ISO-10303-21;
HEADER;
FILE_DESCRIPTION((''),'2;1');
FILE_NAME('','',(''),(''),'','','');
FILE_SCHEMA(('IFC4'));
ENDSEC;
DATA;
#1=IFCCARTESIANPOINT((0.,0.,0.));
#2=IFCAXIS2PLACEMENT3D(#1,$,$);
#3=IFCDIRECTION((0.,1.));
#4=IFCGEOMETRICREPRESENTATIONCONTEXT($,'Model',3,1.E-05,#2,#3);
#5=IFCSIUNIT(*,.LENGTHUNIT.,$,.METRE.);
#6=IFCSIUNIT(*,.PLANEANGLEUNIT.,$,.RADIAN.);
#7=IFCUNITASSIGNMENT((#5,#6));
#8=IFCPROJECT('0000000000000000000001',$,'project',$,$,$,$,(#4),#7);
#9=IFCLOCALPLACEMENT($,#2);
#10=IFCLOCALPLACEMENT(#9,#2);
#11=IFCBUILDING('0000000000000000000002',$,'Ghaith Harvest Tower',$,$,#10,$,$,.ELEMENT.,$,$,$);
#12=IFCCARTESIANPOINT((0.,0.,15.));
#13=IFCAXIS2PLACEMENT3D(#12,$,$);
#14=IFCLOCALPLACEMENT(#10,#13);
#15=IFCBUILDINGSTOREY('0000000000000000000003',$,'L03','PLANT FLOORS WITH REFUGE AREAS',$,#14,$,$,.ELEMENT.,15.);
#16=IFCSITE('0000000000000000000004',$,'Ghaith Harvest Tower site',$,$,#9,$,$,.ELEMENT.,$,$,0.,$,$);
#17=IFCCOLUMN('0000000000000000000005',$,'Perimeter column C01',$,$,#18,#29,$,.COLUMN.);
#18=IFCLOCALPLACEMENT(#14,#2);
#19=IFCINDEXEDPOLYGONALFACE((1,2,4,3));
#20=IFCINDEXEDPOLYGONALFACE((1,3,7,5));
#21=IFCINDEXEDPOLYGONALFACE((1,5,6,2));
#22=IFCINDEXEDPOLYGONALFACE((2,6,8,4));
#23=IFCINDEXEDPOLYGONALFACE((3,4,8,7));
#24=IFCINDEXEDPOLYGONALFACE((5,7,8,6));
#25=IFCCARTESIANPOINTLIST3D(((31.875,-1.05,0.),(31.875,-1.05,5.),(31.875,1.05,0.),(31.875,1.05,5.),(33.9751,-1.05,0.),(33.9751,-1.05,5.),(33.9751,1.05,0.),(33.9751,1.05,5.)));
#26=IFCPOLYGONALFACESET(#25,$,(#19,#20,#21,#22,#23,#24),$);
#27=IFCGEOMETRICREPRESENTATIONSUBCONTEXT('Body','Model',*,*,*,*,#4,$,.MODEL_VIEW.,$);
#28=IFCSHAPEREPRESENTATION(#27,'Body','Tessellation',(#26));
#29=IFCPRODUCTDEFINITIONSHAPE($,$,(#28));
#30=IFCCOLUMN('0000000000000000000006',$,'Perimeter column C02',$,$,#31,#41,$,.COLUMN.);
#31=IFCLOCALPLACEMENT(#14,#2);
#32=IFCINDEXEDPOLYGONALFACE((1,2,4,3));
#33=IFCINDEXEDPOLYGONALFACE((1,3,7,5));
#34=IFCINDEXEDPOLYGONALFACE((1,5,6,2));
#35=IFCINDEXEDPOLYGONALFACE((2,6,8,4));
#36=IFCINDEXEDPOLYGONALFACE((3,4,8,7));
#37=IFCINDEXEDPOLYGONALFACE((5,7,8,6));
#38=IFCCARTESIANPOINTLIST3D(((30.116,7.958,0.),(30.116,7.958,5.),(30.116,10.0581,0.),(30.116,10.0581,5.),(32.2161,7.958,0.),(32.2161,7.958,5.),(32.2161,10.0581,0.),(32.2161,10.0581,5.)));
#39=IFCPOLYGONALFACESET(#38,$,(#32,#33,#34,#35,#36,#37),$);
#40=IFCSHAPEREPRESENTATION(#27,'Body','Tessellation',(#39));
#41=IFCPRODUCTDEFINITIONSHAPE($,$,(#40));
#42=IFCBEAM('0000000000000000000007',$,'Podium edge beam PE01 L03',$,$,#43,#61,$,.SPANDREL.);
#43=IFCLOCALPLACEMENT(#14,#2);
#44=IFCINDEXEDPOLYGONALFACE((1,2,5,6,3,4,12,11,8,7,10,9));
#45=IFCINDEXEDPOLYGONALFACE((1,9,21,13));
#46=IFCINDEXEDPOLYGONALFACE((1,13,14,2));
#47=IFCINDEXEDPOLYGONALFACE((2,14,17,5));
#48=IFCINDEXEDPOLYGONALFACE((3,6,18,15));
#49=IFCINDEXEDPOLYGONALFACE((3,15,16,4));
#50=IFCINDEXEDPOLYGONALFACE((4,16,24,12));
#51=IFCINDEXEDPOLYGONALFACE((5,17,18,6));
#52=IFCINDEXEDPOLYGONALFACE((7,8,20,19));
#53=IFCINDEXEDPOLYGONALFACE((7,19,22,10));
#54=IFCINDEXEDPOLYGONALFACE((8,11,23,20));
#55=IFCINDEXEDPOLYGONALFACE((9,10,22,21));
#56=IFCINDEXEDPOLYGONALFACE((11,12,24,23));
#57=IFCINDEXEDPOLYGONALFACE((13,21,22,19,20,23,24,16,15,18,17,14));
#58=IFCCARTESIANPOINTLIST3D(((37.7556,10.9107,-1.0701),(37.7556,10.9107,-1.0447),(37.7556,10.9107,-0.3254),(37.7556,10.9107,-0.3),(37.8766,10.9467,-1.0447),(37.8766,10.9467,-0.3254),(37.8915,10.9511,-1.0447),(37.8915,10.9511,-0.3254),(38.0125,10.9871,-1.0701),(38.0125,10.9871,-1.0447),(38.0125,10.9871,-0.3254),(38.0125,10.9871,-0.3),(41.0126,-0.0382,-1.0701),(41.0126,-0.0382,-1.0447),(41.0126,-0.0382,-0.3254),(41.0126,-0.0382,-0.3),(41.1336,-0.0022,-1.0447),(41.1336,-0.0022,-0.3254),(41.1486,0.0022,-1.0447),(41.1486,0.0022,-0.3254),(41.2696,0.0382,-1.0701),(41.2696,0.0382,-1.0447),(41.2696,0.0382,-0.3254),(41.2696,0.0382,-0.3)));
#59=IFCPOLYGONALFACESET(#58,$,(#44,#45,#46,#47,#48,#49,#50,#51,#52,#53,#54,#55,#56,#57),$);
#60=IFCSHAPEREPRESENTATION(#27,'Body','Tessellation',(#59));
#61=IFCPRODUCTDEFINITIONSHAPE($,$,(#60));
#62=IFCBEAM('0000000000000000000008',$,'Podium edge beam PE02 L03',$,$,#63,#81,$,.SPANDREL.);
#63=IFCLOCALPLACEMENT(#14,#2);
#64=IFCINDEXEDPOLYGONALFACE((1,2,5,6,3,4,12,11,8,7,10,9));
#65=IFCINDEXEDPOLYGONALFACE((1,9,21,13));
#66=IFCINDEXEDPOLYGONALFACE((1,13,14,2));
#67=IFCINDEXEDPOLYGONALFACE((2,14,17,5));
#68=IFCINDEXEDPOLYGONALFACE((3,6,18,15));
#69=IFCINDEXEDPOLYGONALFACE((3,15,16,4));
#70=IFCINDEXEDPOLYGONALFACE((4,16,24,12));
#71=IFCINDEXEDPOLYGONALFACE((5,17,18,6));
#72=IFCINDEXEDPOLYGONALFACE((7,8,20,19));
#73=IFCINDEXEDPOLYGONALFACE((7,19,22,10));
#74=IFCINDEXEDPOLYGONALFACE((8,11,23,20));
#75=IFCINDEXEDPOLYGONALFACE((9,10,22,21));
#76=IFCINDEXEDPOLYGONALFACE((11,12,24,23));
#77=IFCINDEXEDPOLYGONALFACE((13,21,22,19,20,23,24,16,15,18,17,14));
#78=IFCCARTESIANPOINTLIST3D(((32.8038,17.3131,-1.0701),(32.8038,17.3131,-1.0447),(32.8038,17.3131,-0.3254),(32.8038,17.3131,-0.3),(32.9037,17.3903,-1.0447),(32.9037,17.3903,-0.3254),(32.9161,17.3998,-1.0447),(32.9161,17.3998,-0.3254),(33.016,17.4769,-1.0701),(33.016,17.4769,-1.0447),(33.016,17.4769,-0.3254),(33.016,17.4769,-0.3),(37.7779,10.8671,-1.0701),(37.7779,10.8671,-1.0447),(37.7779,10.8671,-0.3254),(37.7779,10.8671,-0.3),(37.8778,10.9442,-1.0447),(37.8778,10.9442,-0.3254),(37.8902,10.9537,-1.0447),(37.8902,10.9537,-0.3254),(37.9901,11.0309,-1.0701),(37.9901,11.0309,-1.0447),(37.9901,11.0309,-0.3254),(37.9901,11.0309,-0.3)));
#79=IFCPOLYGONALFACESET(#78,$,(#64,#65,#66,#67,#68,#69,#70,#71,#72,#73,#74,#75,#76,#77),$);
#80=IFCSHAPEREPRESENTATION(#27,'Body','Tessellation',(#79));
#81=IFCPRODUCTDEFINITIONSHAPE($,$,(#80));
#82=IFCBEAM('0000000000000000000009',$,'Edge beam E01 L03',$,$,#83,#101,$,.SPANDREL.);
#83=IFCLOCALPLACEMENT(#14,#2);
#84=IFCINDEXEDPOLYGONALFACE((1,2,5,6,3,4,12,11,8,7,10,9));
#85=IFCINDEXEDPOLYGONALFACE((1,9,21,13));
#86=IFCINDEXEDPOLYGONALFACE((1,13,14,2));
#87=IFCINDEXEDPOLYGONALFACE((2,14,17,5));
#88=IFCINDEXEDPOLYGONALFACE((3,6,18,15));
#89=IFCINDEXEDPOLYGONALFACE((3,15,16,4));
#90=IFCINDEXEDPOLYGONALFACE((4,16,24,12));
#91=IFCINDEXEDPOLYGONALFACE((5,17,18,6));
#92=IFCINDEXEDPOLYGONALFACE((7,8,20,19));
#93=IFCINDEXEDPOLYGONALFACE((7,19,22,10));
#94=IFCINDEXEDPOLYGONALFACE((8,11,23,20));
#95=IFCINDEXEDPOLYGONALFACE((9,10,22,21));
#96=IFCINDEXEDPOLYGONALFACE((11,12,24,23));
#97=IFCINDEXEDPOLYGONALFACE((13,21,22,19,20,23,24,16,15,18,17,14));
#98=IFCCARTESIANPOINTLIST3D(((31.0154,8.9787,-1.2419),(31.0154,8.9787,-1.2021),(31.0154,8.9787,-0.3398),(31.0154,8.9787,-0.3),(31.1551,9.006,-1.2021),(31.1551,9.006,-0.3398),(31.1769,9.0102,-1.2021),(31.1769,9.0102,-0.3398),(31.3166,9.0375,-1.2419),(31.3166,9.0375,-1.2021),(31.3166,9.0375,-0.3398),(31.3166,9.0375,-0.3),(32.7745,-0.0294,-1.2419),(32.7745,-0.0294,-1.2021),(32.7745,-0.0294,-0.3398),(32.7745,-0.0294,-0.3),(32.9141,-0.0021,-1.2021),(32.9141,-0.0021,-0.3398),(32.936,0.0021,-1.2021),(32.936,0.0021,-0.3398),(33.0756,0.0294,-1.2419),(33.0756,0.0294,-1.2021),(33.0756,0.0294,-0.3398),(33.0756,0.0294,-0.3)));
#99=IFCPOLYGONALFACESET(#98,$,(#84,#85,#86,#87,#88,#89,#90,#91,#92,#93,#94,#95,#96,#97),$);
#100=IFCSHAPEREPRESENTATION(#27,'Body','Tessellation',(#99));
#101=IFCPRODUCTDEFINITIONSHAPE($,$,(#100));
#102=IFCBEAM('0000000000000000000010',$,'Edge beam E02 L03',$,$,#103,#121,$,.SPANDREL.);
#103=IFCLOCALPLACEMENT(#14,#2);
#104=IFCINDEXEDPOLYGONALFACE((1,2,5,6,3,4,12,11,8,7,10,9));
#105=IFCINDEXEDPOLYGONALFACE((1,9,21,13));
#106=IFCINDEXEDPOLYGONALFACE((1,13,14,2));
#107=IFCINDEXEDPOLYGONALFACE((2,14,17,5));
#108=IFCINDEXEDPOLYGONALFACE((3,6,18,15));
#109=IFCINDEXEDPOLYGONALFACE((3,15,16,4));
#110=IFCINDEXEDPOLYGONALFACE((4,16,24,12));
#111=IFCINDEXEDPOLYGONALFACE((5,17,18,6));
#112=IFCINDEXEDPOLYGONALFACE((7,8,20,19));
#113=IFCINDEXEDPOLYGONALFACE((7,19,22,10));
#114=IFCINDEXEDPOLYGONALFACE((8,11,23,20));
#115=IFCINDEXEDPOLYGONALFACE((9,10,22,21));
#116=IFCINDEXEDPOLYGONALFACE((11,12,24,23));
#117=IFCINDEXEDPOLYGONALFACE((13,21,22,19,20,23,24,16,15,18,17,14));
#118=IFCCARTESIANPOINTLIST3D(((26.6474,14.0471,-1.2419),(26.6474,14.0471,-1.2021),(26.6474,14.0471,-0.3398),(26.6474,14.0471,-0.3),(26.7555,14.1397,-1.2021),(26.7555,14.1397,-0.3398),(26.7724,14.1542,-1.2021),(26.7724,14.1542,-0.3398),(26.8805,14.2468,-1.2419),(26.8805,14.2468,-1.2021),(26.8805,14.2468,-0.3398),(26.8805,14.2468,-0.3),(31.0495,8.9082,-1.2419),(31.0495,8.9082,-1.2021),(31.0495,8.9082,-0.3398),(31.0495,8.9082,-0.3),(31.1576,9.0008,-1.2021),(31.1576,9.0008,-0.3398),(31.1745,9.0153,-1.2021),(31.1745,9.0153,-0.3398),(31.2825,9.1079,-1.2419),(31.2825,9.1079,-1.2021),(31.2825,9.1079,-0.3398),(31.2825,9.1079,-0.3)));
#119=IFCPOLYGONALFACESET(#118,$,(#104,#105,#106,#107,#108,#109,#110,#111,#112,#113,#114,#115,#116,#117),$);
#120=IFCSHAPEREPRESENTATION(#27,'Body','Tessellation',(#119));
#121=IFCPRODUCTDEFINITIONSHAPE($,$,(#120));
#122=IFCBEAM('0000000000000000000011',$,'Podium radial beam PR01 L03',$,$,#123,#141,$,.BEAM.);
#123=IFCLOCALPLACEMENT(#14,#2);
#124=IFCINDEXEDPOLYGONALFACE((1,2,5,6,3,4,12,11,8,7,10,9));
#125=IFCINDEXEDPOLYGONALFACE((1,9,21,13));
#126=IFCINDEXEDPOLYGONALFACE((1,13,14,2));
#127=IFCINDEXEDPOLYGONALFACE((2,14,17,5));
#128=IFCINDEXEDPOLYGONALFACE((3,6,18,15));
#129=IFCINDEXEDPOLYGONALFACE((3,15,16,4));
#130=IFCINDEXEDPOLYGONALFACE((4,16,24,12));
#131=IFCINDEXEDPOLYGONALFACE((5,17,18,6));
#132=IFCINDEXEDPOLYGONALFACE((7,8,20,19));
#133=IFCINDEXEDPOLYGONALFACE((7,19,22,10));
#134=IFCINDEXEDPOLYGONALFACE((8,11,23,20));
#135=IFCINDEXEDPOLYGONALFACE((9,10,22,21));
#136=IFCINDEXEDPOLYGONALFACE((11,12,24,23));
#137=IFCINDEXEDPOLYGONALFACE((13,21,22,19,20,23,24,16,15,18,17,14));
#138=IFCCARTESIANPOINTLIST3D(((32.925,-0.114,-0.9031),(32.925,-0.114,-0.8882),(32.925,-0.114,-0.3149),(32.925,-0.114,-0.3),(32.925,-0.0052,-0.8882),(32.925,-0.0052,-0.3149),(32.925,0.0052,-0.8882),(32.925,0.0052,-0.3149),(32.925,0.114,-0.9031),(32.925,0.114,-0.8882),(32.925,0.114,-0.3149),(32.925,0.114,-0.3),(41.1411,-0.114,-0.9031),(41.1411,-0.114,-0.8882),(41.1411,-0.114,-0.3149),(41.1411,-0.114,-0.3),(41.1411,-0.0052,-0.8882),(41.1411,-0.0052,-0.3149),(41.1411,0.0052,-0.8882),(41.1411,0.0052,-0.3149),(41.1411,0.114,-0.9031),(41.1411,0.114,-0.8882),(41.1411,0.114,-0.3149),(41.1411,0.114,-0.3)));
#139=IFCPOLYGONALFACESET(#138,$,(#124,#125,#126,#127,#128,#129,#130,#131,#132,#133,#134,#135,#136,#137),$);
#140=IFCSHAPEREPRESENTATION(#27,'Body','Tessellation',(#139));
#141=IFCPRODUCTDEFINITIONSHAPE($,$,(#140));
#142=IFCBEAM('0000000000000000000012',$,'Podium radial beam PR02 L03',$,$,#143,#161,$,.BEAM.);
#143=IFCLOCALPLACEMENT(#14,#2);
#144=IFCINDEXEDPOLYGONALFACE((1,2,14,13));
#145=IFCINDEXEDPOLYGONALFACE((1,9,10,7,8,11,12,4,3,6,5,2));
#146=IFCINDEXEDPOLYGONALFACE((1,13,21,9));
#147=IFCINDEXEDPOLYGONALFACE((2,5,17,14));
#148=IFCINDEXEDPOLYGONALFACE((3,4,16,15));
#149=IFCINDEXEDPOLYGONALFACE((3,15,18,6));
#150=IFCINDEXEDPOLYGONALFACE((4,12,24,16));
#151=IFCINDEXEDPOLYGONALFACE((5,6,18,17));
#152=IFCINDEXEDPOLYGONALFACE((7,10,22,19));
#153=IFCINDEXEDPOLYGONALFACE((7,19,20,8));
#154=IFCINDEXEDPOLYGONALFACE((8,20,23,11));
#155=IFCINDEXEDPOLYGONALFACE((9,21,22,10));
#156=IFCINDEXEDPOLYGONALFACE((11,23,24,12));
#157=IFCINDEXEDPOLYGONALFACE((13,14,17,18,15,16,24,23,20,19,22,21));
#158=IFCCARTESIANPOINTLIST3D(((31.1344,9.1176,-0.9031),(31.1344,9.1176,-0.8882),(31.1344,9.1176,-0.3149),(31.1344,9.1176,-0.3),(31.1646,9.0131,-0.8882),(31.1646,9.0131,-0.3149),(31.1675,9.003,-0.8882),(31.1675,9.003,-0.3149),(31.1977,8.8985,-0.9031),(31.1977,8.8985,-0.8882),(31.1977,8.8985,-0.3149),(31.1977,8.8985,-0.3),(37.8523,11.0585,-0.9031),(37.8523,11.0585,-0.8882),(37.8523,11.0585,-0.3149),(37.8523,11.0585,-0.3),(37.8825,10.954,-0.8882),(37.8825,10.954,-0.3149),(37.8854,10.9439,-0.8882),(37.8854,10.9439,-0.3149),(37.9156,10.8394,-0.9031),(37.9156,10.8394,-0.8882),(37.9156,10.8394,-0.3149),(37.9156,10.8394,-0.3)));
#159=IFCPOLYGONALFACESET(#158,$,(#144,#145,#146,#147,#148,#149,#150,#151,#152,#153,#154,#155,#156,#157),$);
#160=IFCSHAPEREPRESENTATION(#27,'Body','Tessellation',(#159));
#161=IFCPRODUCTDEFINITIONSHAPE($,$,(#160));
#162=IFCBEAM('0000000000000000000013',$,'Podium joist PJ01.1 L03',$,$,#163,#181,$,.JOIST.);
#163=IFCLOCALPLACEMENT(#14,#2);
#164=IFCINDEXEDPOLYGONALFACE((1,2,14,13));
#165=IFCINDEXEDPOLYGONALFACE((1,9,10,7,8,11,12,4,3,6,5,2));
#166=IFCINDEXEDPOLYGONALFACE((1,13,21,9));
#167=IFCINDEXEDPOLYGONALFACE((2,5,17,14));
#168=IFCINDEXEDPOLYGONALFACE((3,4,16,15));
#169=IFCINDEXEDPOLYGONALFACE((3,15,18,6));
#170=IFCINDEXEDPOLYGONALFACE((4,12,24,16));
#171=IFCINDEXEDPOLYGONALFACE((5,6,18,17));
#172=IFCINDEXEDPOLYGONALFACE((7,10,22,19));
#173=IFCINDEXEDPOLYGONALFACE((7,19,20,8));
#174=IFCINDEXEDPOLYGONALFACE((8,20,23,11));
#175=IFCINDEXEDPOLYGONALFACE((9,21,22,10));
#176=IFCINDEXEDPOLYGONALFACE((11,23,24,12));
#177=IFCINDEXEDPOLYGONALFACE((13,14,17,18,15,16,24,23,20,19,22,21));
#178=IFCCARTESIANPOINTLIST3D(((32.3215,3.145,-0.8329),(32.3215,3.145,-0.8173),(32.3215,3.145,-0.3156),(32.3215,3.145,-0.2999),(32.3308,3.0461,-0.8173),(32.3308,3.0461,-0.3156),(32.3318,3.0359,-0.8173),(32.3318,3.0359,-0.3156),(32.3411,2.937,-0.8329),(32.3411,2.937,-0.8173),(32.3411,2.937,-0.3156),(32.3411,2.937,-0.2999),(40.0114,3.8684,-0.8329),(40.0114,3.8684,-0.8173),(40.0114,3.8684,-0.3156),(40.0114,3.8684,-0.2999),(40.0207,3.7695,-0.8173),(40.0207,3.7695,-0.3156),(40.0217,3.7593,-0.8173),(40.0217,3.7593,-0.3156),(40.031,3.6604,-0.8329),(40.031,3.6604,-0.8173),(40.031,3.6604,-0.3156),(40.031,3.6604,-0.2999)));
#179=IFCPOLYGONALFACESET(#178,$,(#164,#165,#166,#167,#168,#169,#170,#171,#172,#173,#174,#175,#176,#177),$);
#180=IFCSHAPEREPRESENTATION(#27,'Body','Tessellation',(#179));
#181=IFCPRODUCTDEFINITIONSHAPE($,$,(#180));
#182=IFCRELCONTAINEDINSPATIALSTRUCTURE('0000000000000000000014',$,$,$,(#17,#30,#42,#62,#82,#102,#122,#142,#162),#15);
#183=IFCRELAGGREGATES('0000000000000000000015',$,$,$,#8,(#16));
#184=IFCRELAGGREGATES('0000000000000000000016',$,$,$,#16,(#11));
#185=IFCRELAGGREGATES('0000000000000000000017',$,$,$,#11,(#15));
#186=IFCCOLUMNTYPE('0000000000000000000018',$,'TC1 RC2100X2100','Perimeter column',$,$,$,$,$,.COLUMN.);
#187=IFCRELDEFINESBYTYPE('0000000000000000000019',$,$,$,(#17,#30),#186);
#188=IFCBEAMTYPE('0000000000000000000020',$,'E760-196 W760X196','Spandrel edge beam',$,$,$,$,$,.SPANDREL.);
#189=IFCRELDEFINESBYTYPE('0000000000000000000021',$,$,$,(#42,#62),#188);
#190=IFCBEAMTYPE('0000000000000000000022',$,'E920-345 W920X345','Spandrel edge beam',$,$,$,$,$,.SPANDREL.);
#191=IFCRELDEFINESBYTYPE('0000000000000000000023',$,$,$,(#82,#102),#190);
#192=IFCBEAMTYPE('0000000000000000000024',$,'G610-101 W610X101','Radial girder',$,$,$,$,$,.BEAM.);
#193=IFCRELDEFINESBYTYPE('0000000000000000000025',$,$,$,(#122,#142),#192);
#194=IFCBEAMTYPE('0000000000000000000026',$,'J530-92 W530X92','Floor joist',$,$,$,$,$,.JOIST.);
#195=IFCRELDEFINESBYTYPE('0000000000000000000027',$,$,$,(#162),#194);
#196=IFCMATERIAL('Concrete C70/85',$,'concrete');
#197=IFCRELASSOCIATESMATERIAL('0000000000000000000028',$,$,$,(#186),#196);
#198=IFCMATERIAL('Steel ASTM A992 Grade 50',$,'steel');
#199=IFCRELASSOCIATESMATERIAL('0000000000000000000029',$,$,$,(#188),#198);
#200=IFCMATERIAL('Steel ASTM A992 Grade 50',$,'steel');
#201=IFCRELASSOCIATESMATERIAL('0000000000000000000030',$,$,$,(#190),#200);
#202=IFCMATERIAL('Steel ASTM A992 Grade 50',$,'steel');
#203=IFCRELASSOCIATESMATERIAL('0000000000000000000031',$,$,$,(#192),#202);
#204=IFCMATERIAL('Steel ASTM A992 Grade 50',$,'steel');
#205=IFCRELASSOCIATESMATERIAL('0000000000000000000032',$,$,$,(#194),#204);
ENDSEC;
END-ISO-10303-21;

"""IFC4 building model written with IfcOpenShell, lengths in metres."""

from ifc_helpers import new_model, si_unit, direction, frame, origin, origin_2d, place, context, subcontext, project, spatial, rectangle, i_section, extrude, material, material_profile, profile_set, type_object, element, save


model = new_model("IFC4")

# Units and contexts
model_context = context("Model", 3, precision=1e-05, world=origin(), true_north=direction((0.0, 1.0)))
body_context = subcontext(model_context, "Body", "Model", "MODEL_VIEW")
ifc_project = project(units=[si_unit("LENGTHUNIT", "METRE"), si_unit("PLANEANGLEUNIT", "RADIAN")], contexts=[model_context])

# Site, building, storey
site_placement = place(None, origin())
site = spatial("IfcSite", under=ifc_project, at=site_placement, Name="Ghaith Harvest Tower site", CompositionType="ELEMENT", RefElevation=0.0)
building_placement = place(site_placement, origin())
building = spatial("IfcBuilding", under=site, at=building_placement, Name="Ghaith Harvest Tower", CompositionType="ELEMENT")
storey_placement = place(building_placement, frame((0.0, 0.0, 15.0)))
storey = spatial("IfcBuildingStorey", under=building, at=storey_placement, Name="L03", Description="PLANT FLOORS WITH REFUGE AREAS", CompositionType="ELEMENT", Elevation=15.0)

# Columns
ifc_material_1 = material(Name="Concrete C70/85", Category="concrete")
ifc_material_profile_1 = material_profile(ifc_material_1, rectangle(XDim=2.1001, YDim=2.1001, at=origin_2d()), Name="RC2100X2100")
ifc_profile_set_1 = profile_set([ifc_material_profile_1], Name="Concrete C70/85")
column_type = type_object("IfcColumnType", Name="TC1 RC2100X2100", Description="Perimeter column", PredefinedType="COLUMN", material=ifc_profile_set_1)
for number, where, z_axis, x_axis, name in (
    (1, (32.925, 0.0, 0.0), (0.0, 0.0, 1.0), (1.0, 0.0, 0.0), "Perimeter column C01"),
    (2, (31.166, 9.0081, 0.0), (0.0, 0.0, 1.0), (1.0, 0.0, 0.0), "Perimeter column C02"),
):
    element("IfcColumn", number, at=place(storey_placement, frame(where, z_axis=z_axis, x_axis=x_axis)), inside=storey, type_object=column_type, Name=name, PredefinedType="COLUMN", context=body_context, shape_type="SweptSolid", body=[
        extrude(rectangle(XDim=2.1001, YDim=2.1001, at=origin_2d()), origin(), (0.0, 0.0, 1.0), 5.0),
    ])

# Beams
ifc_material_2 = material(Name="Steel ASTM A992 Grade 50", Category="steel")
ifc_material_profile_2 = material_profile(ifc_material_2, i_section(OverallWidth=0.2681, OverallDepth=0.77, WebThickness=0.0156, FlangeThickness=0.0254, at=origin_2d()), Name="W760X196")
ifc_profile_set_2 = profile_set([ifc_material_profile_2], Name="Steel ASTM A992 Grade 50")
beam_type_1 = type_object("IfcBeamType", Name="E760-196 W760X196", Description="Spandrel edge beam", PredefinedType="SPANDREL", material=ifc_profile_set_2)
beam_1_placement = place(storey_placement, frame((41.1411, 0.0, -0.6851), z_axis=(-0.285129, 0.958489, 0.0), x_axis=(-0.958489, -0.285129, 0.0)))
element("IfcBeam", 3, at=beam_1_placement, inside=storey, type_object=beam_type_1, Name="Podium edge beam PE01 L03", PredefinedType="SPANDREL", context=body_context, shape_type="SweptSolid", body=[
    extrude(i_section(OverallWidth=0.2681, OverallDepth=0.77, WebThickness=0.0156, FlangeThickness=0.0254, at=origin_2d()), origin(), (0.0, 0.0, 1.0), 11.4231),
])
beam_2_placement = place(storey_placement, frame((37.884, 10.949, -0.6851), z_axis=(-0.610916, 0.791696, 0.0), x_axis=(-0.791696, -0.610916, 0.0)))
element("IfcBeam", 4, at=beam_2_placement, inside=storey, type_object=beam_type_1, Name="Podium edge beam PE02 L03", PredefinedType="SPANDREL", context=body_context, shape_type="SweptSolid", body=[
    extrude(i_section(OverallWidth=0.2681, OverallDepth=0.77, WebThickness=0.0156, FlangeThickness=0.0254, at=origin_2d()), origin(), (0.0, 0.0, 1.0), 8.1421),
])
ifc_material_3 = material(Name="Steel ASTM A992 Grade 50", Category="steel")
ifc_material_profile_3 = material_profile(ifc_material_3, i_section(OverallWidth=0.3069, OverallDepth=0.9419, WebThickness=0.0222, FlangeThickness=0.0398, at=origin_2d()), Name="W920X345")
ifc_profile_set_3 = profile_set([ifc_material_profile_3], Name="Steel ASTM A992 Grade 50")
beam_type_2 = type_object("IfcBeamType", Name="E920-345 W920X345", Description="Spandrel edge beam", PredefinedType="SPANDREL", material=ifc_profile_set_3)
beam_3_placement = place(storey_placement, frame((32.925, 0.0, -0.771), z_axis=(-0.191653, 0.981463, 0.0), x_axis=(-0.981463, -0.191653, 0.0)))
element("IfcBeam", 5, at=beam_3_placement, inside=storey, type_object=beam_type_2, Name="Edge beam E01 L03", PredefinedType="SPANDREL", context=body_context, shape_type="SweptSolid", body=[
    extrude(i_section(OverallWidth=0.3069, OverallDepth=0.9419, WebThickness=0.0222, FlangeThickness=0.0398, at=origin_2d()), origin(), (0.0, 0.0, 1.0), 9.1782),
])
beam_4_placement = place(storey_placement, frame((31.166, 9.0081, -0.771), z_axis=(-0.650563, 0.759453, 0.0), x_axis=(-0.759453, -0.650563, 0.0)))
element("IfcBeam", 6, at=beam_4_placement, inside=storey, type_object=beam_type_2, Name="Edge beam E02 L03", PredefinedType="SPANDREL", context=body_context, shape_type="SweptSolid", body=[
    extrude(i_section(OverallWidth=0.3069, OverallDepth=0.9419, WebThickness=0.0222, FlangeThickness=0.0398, at=origin_2d()), origin(), (0.0, 0.0, 1.0), 6.7666),
])
ifc_material_4 = material(Name="Steel ASTM A992 Grade 50", Category="steel")
ifc_material_profile_4 = material_profile(ifc_material_4, i_section(OverallWidth=0.228, OverallDepth=0.603, WebThickness=0.0105, FlangeThickness=0.0149, at=origin_2d()), Name="W610X101")
ifc_profile_set_4 = profile_set([ifc_material_profile_4], Name="Steel ASTM A992 Grade 50")
beam_type_3 = type_object("IfcBeamType", Name="G610-101 W610X101", Description="Radial girder", PredefinedType="BEAM", material=ifc_profile_set_4)
beam_5_placement = place(storey_placement, frame((32.925, 0.0, -0.6016), z_axis=(1.0, 0.0, 0.0), x_axis=(0.0, 1.0, 0.0)))
element("IfcBeam", 7, at=beam_5_placement, inside=storey, type_object=beam_type_3, Name="Podium radial beam PR01 L03", PredefinedType="BEAM", context=body_context, shape_type="SweptSolid", body=[
    extrude(i_section(OverallWidth=0.228, OverallDepth=0.603, WebThickness=0.0105, FlangeThickness=0.0149, at=origin_2d()), origin(), (0.0, 0.0, 1.0), 8.2161),
])
beam_6_placement = place(storey_placement, frame((31.166, 9.0081, -0.6016), z_axis=(0.960708, 0.27756, 0.0), x_axis=(-0.27756, 0.960708, 0.0)))
element("IfcBeam", 8, at=beam_6_placement, inside=storey, type_object=beam_type_3, Name="Podium radial beam PR02 L03", PredefinedType="BEAM", context=body_context, shape_type="SweptSolid", body=[
    extrude(i_section(OverallWidth=0.228, OverallDepth=0.603, WebThickness=0.0105, FlangeThickness=0.0149, at=origin_2d()), origin(), (0.0, 0.0, 1.0), 6.9927),
])
ifc_material_5 = material(Name="Steel ASTM A992 Grade 50", Category="steel")
ifc_material_profile_5 = material_profile(ifc_material_5, i_section(OverallWidth=0.209, OverallDepth=0.533, WebThickness=0.0103, FlangeThickness=0.0156, at=origin_2d()), Name="W530X92")
ifc_profile_set_5 = profile_set([ifc_material_profile_5], Name="Steel ASTM A992 Grade 50")
beam_type_4 = type_object("IfcBeamType", Name="J530-92 W530X92", Description="Floor joist", PredefinedType="JOIST", material=ifc_profile_set_5)
beam_7_placement = place(storey_placement, frame((32.3313, 3.041, -0.5664), z_axis=(0.995605, 0.093656, 0.0), x_axis=(-0.093656, 0.995605, 0.0)))
element("IfcBeam", 9, at=beam_7_placement, inside=storey, type_object=beam_type_4, Name="Podium joist PJ01.1 L03", PredefinedType="JOIST", context=body_context, shape_type="SweptSolid", body=[
    extrude(i_section(OverallWidth=0.209, OverallDepth=0.533, WebThickness=0.0103, FlangeThickness=0.0156, at=origin_2d()), origin(), (0.0, 0.0, 1.0), 7.7239),
])

save(model, "model.ifc")
